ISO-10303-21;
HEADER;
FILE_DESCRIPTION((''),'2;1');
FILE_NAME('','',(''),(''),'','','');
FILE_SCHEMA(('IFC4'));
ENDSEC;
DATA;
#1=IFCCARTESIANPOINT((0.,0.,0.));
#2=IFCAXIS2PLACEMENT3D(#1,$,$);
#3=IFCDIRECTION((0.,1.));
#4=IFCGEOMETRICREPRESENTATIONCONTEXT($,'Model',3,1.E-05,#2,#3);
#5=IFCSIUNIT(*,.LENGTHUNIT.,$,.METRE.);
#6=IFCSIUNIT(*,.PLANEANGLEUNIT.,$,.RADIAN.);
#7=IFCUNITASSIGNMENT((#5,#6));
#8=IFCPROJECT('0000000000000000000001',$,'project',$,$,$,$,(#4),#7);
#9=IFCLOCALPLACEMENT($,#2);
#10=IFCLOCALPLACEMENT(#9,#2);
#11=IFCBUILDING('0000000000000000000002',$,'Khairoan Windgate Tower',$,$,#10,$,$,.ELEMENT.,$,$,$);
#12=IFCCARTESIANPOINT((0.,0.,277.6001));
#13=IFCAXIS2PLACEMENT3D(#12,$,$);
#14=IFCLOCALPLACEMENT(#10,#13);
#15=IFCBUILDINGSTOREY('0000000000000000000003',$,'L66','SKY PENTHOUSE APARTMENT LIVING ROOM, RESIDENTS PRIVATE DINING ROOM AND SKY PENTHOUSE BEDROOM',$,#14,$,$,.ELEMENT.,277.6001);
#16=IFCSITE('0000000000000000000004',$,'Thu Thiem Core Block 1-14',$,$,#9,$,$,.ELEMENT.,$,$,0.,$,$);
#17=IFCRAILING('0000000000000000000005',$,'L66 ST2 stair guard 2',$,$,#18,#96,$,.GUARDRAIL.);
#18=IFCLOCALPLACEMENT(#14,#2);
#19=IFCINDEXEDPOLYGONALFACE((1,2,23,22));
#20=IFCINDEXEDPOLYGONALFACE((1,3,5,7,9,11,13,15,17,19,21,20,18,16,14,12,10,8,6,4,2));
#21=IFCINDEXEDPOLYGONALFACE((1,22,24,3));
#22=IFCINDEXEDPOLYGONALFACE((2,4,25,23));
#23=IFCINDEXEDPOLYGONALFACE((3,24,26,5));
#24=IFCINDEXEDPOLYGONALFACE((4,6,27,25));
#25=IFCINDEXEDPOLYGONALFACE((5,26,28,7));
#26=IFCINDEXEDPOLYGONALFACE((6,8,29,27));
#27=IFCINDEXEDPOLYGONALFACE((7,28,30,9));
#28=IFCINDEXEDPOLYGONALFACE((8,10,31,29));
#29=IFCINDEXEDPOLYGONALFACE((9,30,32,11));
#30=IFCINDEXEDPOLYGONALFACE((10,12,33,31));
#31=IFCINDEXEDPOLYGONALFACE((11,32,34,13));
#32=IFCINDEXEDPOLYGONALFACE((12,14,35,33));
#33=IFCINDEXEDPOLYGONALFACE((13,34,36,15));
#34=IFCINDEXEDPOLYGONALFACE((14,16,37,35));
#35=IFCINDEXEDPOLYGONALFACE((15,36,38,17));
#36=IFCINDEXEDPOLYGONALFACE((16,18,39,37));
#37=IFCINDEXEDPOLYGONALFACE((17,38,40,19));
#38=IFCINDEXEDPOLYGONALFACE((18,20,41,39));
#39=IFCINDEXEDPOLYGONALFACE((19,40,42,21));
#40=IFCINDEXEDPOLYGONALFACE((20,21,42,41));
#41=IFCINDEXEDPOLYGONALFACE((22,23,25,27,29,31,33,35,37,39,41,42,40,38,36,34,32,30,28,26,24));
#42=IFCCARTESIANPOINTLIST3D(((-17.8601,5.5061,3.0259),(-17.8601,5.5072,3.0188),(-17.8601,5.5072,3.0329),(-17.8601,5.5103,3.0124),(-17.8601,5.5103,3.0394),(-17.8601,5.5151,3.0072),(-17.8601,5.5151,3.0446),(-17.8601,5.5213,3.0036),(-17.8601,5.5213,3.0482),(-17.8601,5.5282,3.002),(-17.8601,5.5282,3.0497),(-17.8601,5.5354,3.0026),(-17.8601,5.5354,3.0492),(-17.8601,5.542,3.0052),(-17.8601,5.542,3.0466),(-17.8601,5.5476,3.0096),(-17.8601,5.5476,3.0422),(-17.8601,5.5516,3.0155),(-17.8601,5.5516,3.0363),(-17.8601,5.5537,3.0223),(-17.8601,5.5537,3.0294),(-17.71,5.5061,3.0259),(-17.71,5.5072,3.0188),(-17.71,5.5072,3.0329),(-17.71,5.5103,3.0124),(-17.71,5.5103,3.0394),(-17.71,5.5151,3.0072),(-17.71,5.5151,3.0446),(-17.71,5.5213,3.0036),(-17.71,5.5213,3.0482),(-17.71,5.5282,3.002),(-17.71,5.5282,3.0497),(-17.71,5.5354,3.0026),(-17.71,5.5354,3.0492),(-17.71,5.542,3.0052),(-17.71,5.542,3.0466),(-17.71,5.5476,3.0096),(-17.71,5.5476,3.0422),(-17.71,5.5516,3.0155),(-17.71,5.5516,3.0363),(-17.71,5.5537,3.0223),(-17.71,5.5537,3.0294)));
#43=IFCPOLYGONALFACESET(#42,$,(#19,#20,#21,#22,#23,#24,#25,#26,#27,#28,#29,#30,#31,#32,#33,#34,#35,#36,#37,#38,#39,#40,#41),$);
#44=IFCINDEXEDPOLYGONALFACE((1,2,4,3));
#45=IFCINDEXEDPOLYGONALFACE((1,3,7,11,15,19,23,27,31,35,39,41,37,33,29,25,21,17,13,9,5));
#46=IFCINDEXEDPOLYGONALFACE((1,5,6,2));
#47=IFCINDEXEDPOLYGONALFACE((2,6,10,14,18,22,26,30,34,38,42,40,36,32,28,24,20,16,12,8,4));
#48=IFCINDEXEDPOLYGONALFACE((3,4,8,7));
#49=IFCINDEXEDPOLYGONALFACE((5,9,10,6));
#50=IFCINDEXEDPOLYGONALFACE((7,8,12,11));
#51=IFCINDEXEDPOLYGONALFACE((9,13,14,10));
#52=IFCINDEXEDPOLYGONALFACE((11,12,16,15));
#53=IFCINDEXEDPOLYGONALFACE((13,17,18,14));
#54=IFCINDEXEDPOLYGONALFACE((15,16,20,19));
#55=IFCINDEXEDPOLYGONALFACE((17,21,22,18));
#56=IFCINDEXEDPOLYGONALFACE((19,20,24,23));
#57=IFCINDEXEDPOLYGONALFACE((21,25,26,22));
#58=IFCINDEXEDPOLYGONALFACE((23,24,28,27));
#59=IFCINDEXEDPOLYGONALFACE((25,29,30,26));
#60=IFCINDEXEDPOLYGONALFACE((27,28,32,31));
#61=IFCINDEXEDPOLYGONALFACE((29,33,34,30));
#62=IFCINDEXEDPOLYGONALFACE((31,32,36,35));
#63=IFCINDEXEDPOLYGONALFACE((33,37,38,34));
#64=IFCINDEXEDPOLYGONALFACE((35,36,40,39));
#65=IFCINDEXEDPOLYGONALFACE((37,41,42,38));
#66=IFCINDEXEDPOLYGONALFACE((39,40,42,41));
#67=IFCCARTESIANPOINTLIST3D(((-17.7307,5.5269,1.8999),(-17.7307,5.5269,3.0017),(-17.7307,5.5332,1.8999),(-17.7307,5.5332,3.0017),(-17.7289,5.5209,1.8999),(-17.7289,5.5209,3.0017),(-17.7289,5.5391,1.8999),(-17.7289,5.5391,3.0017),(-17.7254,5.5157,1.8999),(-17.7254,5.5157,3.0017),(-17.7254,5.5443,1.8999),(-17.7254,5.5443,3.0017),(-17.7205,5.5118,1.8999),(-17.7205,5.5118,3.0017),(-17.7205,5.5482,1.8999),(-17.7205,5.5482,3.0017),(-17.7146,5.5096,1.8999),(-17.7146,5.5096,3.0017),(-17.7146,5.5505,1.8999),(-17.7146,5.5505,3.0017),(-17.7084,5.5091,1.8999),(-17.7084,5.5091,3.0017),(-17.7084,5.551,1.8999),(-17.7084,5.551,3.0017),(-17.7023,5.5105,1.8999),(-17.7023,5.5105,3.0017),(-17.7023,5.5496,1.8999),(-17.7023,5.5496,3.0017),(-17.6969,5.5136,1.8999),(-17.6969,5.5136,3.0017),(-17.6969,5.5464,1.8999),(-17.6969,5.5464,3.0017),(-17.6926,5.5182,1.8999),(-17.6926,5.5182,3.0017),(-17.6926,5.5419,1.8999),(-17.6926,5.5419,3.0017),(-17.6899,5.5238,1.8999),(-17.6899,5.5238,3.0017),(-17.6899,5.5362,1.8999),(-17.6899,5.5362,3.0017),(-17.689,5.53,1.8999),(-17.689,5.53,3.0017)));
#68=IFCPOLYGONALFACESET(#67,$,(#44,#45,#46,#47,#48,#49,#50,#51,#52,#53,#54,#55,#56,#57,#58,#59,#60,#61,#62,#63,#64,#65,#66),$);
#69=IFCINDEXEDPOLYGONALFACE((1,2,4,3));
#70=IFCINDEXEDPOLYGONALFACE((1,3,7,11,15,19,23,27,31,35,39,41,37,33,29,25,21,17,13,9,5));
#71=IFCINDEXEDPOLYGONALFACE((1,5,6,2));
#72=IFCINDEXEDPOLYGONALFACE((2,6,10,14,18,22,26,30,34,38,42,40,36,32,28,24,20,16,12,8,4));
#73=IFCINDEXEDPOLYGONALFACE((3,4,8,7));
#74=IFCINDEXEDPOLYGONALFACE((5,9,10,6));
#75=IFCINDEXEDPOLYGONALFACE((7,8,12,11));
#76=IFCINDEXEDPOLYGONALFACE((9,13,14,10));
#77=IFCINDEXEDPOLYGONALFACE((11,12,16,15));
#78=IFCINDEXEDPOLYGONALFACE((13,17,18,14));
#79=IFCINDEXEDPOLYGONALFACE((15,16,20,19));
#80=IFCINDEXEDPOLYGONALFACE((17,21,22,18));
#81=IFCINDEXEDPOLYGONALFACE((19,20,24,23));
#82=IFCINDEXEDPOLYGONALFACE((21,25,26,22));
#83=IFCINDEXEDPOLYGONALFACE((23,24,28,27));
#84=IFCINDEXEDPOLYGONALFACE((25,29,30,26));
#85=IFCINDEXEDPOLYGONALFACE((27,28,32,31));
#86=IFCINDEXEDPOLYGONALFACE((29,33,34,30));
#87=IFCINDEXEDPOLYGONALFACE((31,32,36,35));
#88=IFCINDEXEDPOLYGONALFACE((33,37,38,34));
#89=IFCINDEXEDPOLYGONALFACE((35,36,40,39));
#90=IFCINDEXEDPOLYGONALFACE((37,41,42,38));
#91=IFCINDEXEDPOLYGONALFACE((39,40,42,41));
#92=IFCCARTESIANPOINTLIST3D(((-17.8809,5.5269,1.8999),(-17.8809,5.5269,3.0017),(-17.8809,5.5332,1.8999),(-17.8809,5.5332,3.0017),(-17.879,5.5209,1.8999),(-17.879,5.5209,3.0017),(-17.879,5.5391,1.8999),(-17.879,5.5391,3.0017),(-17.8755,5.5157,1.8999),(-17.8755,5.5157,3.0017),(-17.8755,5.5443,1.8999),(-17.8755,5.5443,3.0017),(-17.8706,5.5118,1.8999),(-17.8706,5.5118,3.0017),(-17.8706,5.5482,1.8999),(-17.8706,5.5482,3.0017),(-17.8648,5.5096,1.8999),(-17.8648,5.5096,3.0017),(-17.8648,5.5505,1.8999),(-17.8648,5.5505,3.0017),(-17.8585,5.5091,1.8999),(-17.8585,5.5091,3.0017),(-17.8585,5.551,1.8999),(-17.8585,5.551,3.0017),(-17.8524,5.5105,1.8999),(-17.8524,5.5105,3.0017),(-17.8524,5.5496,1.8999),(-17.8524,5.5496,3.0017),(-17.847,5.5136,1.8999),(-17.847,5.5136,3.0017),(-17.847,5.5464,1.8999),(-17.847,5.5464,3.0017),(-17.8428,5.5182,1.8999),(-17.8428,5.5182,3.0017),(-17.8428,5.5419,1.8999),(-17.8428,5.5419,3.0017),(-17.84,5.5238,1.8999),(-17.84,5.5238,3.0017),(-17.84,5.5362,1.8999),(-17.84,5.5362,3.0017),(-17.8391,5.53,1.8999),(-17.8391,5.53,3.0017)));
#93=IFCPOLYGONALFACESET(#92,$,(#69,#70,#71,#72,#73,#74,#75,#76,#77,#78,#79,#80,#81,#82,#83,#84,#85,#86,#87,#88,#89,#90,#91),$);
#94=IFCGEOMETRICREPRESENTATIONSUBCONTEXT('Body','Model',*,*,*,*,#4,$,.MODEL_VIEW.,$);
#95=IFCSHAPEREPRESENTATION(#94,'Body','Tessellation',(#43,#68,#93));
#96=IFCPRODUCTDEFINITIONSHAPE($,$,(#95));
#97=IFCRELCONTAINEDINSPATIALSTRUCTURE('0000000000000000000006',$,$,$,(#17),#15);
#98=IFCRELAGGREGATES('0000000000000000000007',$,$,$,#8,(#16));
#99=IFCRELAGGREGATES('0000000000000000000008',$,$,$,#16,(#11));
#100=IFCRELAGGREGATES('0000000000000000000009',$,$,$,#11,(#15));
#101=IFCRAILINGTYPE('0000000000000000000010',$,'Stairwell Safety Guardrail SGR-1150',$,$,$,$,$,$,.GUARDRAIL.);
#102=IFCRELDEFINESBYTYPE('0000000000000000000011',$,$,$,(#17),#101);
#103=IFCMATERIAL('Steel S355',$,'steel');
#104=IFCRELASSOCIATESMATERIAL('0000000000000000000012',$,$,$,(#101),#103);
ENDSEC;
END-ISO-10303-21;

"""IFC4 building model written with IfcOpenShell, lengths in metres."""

from ifc_helpers import new_model, si_unit, direction, frame, origin, origin_2d, place, context, subcontext, project, spatial, circle, extrude, material, type_object, element, save


model = new_model("IFC4")

# Units and contexts
model_context = context("Model", 3, precision=1e-05, world=origin(), true_north=direction((0.0, 1.0)))
body_context = subcontext(model_context, "Body", "Model", "MODEL_VIEW")
ifc_project = project(units=[si_unit("LENGTHUNIT", "METRE"), si_unit("PLANEANGLEUNIT", "RADIAN")], contexts=[model_context])

# Site, building, storey
site_placement = place(None, origin())
site = spatial("IfcSite", under=ifc_project, at=site_placement, Name="Thu Thiem Core Block 1-14", CompositionType="ELEMENT", RefElevation=0.0)
building_placement = place(site_placement, origin())
building = spatial("IfcBuilding", under=site, at=building_placement, Name="Khairoan Windgate Tower", CompositionType="ELEMENT")
storey_placement = place(building_placement, frame((0.0, 0.0, 277.6001)))
storey = spatial("IfcBuildingStorey", under=building, at=storey_placement, Name="L66", Description="SKY PENTHOUSE APARTMENT LIVING ROOM, RESIDENTS PRIVATE DINING ROOM AND SKY PENTHOUSE BEDROOM", CompositionType="ELEMENT", Elevation=277.6001)

# Railing
ifc_material_1 = material(Name="Steel S355", Category="steel")
railing_type_1 = type_object("IfcRailingType", Name="Stairwell Safety Guardrail SGR-1150", PredefinedType="GUARDRAIL", material=ifc_material_1)
railing_1_placement = place(storey_placement, frame((-17.71, 5.53, 1.8999)))
element("IfcRailing", 1, at=railing_1_placement, inside=storey, type_object=railing_type_1, Name="L66 ST2 stair guard 2", PredefinedType="GUARDRAIL", context=body_context, shape_type="SweptSolid", body=[
    extrude(circle(Radius=0.0239, at=origin_2d()), frame((0.0, 0.0, 1.126), z_axis=(-1.0, 0.0, 0.0), x_axis=(0.0, -1.0, 0.0)), (0.0, 0.0, 1.0), 0.1501),
    extrude(circle(Radius=0.021, at=origin_2d()), origin(), (0.0, 0.0, 1.0), 1.1018),
    extrude(circle(Radius=0.021, at=origin_2d()), frame((-0.1501, 0.0, 0.0)), (0.0, 0.0, 1.0), 1.1018),
])

save(model, "model.ifc")
